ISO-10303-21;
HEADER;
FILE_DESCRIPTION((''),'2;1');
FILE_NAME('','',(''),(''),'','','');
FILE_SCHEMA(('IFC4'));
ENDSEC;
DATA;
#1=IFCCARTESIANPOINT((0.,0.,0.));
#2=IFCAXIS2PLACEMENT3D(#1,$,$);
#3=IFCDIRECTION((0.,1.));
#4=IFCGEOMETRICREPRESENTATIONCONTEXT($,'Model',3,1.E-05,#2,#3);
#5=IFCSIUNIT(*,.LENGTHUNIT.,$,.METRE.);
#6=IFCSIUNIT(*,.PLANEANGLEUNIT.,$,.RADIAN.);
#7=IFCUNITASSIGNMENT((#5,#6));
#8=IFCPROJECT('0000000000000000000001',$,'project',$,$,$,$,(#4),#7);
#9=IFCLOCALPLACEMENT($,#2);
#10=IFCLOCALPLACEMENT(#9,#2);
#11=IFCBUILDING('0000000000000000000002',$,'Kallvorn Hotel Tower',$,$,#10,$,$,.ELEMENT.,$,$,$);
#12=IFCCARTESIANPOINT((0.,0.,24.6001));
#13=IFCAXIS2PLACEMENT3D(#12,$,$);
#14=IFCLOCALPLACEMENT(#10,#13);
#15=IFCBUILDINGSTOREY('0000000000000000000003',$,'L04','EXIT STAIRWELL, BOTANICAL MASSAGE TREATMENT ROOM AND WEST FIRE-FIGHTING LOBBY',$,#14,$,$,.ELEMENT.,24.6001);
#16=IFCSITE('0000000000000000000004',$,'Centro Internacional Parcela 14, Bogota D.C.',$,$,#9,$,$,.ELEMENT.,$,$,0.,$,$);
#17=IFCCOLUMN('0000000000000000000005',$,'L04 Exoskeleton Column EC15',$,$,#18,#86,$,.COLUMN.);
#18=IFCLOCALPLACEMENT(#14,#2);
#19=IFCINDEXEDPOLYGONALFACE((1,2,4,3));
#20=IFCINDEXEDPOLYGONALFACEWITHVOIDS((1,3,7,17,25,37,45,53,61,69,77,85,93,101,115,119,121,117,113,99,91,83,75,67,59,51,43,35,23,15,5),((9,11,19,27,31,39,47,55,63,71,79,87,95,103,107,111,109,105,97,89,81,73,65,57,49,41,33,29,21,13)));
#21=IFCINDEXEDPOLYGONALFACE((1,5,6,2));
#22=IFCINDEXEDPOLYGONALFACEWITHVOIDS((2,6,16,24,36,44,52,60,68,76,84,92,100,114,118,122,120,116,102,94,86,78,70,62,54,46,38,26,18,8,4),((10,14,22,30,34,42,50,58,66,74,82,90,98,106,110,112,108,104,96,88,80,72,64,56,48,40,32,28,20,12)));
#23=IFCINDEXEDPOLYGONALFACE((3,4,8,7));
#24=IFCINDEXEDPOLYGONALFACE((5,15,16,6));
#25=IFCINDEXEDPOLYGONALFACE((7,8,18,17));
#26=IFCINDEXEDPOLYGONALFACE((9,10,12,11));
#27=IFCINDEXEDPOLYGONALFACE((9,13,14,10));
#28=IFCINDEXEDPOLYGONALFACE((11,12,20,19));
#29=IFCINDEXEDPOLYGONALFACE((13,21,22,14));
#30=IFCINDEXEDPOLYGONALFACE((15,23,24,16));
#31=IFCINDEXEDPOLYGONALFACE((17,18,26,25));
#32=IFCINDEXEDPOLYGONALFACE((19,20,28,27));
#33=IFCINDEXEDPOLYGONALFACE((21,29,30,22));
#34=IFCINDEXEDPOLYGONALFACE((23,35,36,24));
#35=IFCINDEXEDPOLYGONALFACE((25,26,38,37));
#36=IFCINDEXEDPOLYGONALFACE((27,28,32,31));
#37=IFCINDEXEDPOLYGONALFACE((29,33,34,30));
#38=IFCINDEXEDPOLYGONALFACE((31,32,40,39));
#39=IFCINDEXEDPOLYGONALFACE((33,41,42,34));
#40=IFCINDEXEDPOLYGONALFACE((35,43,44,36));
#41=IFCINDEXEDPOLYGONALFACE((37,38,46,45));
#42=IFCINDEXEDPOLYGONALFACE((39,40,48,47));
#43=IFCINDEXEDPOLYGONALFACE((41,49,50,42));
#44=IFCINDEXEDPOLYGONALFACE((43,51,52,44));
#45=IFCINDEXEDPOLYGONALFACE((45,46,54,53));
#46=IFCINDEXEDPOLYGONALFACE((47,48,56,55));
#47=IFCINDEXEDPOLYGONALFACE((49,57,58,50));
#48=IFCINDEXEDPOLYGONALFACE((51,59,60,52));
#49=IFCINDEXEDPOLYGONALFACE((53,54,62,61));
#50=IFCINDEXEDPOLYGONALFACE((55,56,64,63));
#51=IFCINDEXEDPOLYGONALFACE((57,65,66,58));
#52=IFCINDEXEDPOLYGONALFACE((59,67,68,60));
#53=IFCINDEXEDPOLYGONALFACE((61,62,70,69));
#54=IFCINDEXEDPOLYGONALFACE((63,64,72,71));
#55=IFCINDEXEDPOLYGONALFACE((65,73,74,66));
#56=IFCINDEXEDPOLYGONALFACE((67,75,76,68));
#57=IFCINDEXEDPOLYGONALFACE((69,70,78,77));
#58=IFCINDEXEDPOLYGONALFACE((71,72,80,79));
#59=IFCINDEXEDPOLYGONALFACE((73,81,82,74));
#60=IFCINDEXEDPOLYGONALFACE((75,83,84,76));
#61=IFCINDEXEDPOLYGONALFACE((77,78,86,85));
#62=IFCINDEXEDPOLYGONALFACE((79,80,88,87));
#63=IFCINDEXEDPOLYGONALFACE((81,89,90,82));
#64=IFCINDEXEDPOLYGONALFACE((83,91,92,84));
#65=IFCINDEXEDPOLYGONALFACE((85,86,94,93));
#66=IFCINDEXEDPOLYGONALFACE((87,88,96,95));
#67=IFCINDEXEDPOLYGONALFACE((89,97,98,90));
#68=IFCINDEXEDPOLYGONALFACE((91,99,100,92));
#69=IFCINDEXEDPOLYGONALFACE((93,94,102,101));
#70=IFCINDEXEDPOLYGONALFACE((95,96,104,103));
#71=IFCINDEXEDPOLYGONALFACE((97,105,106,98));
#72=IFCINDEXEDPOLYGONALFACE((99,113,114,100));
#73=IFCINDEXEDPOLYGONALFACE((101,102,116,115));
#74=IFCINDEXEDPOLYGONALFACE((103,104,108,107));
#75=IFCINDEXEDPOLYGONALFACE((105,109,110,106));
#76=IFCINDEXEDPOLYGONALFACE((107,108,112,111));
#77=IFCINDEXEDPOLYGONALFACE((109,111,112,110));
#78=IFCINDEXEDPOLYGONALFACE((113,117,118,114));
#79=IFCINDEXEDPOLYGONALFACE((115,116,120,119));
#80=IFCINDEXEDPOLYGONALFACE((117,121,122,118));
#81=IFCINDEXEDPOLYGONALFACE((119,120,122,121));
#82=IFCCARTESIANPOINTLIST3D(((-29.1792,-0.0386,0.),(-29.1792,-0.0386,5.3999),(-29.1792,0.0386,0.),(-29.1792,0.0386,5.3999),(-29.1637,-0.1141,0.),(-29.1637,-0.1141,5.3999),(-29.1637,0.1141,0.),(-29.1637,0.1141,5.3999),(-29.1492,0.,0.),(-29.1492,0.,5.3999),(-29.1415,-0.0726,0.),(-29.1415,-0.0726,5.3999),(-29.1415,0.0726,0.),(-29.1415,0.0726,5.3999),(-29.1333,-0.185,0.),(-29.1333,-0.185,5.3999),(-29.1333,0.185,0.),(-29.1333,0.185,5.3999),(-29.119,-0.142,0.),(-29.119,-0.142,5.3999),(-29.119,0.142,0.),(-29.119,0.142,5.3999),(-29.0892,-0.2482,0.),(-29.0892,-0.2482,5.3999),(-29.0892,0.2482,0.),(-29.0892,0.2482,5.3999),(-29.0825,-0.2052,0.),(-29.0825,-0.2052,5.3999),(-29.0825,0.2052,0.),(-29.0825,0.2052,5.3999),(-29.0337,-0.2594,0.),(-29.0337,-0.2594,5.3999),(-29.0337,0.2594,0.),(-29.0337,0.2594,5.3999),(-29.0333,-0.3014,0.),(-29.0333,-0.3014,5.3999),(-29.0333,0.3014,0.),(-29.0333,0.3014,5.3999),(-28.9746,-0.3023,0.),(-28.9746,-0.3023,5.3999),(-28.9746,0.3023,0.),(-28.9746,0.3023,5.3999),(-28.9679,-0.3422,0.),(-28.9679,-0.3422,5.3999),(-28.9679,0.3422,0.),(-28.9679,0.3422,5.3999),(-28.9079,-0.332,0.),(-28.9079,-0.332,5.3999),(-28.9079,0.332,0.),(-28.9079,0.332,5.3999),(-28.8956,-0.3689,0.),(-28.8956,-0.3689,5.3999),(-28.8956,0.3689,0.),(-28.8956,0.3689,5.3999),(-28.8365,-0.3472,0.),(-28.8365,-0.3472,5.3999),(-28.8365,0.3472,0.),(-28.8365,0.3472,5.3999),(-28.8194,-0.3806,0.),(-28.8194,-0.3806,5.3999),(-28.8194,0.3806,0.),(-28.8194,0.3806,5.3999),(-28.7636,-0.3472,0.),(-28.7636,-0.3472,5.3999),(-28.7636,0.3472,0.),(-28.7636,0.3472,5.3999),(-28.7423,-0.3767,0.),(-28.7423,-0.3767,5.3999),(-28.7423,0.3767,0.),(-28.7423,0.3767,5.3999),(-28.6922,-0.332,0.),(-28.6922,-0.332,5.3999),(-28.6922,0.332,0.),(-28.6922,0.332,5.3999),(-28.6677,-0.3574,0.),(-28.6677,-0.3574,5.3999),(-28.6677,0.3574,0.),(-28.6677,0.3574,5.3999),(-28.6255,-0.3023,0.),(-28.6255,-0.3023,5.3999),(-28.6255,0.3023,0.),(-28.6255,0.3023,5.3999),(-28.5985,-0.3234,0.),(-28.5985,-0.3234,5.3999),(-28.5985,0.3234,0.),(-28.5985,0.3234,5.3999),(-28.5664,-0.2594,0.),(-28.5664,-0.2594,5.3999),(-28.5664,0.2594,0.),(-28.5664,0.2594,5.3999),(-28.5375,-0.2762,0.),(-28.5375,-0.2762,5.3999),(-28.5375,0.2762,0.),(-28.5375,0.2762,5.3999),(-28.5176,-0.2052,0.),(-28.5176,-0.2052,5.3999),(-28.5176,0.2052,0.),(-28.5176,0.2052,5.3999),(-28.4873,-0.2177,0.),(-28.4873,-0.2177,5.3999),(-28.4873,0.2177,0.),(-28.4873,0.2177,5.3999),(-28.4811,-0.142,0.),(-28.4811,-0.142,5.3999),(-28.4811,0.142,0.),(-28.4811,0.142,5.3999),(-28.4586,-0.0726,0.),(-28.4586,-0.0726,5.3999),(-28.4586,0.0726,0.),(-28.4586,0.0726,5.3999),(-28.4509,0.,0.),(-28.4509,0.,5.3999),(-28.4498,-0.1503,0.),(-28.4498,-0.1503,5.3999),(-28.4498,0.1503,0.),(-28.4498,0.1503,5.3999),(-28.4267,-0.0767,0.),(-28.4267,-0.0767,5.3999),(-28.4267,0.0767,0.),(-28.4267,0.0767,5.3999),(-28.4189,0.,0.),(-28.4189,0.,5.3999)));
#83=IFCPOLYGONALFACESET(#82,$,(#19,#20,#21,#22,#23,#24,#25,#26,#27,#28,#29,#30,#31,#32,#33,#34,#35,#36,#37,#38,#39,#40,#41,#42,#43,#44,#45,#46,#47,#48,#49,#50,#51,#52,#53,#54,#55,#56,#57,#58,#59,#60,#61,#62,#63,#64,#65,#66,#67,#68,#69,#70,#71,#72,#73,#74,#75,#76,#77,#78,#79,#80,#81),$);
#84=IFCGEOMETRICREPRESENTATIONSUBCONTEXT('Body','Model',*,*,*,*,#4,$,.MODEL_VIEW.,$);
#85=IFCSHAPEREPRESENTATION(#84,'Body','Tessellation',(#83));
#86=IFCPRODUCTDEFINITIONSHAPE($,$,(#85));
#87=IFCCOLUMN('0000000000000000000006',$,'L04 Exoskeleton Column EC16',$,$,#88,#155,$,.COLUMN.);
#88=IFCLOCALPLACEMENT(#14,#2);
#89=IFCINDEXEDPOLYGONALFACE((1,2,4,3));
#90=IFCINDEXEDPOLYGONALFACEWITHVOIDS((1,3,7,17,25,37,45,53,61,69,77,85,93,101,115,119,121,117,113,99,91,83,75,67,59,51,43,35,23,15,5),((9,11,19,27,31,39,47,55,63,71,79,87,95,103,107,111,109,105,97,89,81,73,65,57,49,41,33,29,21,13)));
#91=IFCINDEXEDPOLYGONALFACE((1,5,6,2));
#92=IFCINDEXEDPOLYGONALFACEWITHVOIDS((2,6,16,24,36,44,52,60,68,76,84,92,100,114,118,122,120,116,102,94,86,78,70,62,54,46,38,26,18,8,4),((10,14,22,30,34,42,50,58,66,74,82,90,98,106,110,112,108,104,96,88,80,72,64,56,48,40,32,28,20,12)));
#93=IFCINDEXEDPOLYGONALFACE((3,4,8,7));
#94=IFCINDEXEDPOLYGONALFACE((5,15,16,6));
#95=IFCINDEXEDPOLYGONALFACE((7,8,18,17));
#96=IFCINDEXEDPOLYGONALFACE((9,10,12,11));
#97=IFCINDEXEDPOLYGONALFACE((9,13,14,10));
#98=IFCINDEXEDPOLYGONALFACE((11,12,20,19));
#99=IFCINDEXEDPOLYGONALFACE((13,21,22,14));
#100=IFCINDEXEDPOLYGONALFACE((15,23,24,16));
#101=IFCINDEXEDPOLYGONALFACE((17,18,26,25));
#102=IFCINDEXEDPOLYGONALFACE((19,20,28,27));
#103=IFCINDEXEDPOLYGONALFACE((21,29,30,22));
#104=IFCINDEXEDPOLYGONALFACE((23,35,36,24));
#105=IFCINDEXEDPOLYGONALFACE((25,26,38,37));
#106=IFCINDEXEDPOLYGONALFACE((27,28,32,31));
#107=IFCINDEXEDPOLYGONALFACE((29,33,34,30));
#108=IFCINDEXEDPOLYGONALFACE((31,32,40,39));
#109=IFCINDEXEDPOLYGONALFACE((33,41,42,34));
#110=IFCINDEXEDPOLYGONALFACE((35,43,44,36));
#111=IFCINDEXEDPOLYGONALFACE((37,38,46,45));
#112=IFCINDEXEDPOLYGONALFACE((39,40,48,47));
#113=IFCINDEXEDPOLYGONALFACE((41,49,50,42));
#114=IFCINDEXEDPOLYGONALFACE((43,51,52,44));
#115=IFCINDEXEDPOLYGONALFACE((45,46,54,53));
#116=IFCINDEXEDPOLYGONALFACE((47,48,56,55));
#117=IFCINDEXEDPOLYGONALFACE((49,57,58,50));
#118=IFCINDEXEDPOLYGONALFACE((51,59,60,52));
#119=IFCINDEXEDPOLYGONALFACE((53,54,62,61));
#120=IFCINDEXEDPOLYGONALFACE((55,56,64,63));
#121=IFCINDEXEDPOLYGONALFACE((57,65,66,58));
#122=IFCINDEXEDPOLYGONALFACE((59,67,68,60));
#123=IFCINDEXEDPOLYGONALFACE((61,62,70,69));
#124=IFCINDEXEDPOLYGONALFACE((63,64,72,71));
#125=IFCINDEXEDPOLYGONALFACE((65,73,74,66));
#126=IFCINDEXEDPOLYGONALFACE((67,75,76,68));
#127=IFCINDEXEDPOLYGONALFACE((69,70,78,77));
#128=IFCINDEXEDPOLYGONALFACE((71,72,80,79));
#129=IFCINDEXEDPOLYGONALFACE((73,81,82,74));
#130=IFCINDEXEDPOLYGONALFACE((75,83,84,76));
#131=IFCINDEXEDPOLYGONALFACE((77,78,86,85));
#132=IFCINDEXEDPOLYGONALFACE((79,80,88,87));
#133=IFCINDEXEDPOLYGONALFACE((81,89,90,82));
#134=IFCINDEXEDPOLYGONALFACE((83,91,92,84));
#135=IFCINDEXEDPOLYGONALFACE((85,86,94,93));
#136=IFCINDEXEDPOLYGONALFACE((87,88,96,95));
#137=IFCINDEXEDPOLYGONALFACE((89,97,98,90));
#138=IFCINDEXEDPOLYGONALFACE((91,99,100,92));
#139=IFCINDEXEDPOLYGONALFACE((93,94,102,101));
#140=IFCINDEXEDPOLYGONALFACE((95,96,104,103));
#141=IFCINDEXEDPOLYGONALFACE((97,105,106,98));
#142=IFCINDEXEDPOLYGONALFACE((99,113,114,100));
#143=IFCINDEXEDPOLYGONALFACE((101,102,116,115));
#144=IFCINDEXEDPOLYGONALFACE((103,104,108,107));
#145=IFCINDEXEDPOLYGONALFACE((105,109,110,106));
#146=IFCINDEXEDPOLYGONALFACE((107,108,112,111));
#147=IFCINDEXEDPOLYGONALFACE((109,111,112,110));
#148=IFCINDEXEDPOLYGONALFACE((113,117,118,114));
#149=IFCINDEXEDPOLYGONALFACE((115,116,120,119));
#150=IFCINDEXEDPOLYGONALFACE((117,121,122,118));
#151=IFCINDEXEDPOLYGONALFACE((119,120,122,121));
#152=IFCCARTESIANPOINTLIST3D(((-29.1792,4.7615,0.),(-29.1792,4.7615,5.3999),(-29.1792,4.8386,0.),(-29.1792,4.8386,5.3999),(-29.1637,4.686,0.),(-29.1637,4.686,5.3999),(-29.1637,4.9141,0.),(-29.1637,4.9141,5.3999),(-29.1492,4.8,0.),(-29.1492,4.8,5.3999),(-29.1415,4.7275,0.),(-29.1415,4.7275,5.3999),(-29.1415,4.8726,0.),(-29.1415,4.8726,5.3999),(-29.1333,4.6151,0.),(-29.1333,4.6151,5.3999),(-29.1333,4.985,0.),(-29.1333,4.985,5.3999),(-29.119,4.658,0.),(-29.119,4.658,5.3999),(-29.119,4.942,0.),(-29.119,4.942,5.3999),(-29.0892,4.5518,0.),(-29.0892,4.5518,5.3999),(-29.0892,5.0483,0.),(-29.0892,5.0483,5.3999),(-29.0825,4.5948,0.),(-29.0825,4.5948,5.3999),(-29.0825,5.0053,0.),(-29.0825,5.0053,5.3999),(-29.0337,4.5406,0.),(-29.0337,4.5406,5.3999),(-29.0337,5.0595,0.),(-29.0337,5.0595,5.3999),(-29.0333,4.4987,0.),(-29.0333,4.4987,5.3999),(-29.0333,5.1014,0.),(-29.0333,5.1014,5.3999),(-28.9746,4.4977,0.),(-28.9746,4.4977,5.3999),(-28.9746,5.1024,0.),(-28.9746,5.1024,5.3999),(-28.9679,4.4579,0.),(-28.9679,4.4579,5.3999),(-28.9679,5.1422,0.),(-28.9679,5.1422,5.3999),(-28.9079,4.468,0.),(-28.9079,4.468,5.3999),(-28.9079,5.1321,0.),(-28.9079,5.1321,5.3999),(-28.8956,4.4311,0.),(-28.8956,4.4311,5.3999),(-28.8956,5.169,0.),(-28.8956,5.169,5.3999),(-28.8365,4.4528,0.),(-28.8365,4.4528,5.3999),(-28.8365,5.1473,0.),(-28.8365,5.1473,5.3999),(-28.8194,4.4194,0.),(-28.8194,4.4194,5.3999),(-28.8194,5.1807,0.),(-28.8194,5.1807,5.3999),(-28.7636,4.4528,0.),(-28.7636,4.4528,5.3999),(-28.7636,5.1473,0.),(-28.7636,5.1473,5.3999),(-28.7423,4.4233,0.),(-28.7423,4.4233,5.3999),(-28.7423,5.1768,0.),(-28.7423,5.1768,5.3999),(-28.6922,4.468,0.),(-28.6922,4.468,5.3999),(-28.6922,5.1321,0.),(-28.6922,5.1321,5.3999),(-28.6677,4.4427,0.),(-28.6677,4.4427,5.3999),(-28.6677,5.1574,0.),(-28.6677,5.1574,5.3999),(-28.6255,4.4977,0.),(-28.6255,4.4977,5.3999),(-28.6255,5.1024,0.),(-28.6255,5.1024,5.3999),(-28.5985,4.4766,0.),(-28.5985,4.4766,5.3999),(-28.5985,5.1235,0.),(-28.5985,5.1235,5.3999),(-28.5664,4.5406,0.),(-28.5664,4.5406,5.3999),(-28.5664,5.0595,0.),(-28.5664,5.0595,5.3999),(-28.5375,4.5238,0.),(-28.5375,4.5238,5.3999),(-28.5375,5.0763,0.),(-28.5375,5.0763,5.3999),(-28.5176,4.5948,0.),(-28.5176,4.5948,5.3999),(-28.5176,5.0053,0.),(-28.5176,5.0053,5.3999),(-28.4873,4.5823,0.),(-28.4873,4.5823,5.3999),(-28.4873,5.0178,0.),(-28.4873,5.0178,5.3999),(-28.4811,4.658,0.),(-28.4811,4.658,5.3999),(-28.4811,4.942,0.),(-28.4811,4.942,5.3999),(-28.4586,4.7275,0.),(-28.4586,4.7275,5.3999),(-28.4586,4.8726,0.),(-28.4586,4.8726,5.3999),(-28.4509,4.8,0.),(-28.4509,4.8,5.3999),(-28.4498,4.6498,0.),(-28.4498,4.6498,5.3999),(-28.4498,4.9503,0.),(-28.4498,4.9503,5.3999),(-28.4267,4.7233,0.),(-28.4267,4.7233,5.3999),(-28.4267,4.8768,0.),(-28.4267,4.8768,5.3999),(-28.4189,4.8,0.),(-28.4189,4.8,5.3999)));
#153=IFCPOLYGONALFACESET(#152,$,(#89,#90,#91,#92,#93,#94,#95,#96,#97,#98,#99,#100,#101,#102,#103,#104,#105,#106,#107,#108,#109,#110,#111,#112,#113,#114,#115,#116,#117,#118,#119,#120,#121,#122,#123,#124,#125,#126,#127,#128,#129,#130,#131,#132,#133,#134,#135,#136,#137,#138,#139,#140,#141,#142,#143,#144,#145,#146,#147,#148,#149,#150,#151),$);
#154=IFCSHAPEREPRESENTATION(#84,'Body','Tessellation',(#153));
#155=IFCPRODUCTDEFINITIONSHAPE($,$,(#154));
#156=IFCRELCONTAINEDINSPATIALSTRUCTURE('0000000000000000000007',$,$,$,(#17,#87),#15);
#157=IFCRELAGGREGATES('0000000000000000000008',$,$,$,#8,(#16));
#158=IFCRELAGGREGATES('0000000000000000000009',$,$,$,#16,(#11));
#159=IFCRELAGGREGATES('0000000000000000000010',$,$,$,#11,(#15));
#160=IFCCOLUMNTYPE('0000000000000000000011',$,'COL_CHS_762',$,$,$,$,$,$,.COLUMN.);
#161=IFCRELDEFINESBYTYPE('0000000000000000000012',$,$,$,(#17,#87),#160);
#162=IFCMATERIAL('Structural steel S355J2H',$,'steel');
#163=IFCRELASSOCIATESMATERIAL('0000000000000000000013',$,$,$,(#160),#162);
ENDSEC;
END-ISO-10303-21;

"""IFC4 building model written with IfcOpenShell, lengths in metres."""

from ifc_helpers import new_model, si_unit, direction, frame, origin, origin_2d, place, context, subcontext, project, spatial, hollow_circle, extrude, material, material_profile, profile_set, type_object, element, save


model = new_model("IFC4")

# Units and contexts
model_context = context("Model", 3, precision=1e-05, world=origin(), true_north=direction((0.0, 1.0)))
body_context = subcontext(model_context, "Body", "Model", "MODEL_VIEW")
ifc_project = project(units=[si_unit("LENGTHUNIT", "METRE"), si_unit("PLANEANGLEUNIT", "RADIAN")], contexts=[model_context])

# Site, building, storey
site_placement = place(None, origin())
site = spatial("IfcSite", under=ifc_project, at=site_placement, Name="Centro Internacional Parcela 14, Bogota D.C.", CompositionType="ELEMENT", RefElevation=0.0)
building_placement = place(site_placement, origin())
building = spatial("IfcBuilding", under=site, at=building_placement, Name="Kallvorn Hotel Tower", CompositionType="ELEMENT")
storey_placement = place(building_placement, frame((0.0, 0.0, 24.6001)))
storey = spatial("IfcBuildingStorey", under=building, at=storey_placement, Name="L04", Description="EXIT STAIRWELL, BOTANICAL MASSAGE TREATMENT ROOM AND WEST FIRE-FIGHTING LOBBY", CompositionType="ELEMENT", Elevation=24.6001)

# Columns
ifc_material_1 = material(Name="Structural steel S355J2H", Category="steel")
ifc_material_profile_1 = material_profile(ifc_material_1, hollow_circle(Radius=0.3811, WallThickness=0.032, at=origin_2d()), Name="CHS 762x32")
ifc_profile_set_1 = profile_set([ifc_material_profile_1], Name="Structural steel S355J2H")
column_type_1 = type_object("IfcColumnType", Name="COL_CHS_762", PredefinedType="COLUMN", material=ifc_profile_set_1)
for number, where, z_axis, x_axis, name in (
    (1, (-28.8, 0.0, 0.0), (0.0, 0.0, 1.0), (1.0, 0.0, 0.0), "L04 Exoskeleton Column EC15"),
    (2, (-28.8, 4.8, 0.0), (0.0, 0.0, 1.0), (1.0, 0.0, 0.0), "L04 Exoskeleton Column EC16"),
):
    element("IfcColumn", number, at=place(storey_placement, frame(where, z_axis=z_axis, x_axis=x_axis)), inside=storey, type_object=column_type_1, Name=name, PredefinedType="COLUMN", context=body_context, shape_type="SweptSolid", body=[
        extrude(hollow_circle(Radius=0.3811, WallThickness=0.032, at=origin_2d()), origin(), (0.0, 0.0, 1.0), 5.3999),
    ])

save(model, "model.ifc")
